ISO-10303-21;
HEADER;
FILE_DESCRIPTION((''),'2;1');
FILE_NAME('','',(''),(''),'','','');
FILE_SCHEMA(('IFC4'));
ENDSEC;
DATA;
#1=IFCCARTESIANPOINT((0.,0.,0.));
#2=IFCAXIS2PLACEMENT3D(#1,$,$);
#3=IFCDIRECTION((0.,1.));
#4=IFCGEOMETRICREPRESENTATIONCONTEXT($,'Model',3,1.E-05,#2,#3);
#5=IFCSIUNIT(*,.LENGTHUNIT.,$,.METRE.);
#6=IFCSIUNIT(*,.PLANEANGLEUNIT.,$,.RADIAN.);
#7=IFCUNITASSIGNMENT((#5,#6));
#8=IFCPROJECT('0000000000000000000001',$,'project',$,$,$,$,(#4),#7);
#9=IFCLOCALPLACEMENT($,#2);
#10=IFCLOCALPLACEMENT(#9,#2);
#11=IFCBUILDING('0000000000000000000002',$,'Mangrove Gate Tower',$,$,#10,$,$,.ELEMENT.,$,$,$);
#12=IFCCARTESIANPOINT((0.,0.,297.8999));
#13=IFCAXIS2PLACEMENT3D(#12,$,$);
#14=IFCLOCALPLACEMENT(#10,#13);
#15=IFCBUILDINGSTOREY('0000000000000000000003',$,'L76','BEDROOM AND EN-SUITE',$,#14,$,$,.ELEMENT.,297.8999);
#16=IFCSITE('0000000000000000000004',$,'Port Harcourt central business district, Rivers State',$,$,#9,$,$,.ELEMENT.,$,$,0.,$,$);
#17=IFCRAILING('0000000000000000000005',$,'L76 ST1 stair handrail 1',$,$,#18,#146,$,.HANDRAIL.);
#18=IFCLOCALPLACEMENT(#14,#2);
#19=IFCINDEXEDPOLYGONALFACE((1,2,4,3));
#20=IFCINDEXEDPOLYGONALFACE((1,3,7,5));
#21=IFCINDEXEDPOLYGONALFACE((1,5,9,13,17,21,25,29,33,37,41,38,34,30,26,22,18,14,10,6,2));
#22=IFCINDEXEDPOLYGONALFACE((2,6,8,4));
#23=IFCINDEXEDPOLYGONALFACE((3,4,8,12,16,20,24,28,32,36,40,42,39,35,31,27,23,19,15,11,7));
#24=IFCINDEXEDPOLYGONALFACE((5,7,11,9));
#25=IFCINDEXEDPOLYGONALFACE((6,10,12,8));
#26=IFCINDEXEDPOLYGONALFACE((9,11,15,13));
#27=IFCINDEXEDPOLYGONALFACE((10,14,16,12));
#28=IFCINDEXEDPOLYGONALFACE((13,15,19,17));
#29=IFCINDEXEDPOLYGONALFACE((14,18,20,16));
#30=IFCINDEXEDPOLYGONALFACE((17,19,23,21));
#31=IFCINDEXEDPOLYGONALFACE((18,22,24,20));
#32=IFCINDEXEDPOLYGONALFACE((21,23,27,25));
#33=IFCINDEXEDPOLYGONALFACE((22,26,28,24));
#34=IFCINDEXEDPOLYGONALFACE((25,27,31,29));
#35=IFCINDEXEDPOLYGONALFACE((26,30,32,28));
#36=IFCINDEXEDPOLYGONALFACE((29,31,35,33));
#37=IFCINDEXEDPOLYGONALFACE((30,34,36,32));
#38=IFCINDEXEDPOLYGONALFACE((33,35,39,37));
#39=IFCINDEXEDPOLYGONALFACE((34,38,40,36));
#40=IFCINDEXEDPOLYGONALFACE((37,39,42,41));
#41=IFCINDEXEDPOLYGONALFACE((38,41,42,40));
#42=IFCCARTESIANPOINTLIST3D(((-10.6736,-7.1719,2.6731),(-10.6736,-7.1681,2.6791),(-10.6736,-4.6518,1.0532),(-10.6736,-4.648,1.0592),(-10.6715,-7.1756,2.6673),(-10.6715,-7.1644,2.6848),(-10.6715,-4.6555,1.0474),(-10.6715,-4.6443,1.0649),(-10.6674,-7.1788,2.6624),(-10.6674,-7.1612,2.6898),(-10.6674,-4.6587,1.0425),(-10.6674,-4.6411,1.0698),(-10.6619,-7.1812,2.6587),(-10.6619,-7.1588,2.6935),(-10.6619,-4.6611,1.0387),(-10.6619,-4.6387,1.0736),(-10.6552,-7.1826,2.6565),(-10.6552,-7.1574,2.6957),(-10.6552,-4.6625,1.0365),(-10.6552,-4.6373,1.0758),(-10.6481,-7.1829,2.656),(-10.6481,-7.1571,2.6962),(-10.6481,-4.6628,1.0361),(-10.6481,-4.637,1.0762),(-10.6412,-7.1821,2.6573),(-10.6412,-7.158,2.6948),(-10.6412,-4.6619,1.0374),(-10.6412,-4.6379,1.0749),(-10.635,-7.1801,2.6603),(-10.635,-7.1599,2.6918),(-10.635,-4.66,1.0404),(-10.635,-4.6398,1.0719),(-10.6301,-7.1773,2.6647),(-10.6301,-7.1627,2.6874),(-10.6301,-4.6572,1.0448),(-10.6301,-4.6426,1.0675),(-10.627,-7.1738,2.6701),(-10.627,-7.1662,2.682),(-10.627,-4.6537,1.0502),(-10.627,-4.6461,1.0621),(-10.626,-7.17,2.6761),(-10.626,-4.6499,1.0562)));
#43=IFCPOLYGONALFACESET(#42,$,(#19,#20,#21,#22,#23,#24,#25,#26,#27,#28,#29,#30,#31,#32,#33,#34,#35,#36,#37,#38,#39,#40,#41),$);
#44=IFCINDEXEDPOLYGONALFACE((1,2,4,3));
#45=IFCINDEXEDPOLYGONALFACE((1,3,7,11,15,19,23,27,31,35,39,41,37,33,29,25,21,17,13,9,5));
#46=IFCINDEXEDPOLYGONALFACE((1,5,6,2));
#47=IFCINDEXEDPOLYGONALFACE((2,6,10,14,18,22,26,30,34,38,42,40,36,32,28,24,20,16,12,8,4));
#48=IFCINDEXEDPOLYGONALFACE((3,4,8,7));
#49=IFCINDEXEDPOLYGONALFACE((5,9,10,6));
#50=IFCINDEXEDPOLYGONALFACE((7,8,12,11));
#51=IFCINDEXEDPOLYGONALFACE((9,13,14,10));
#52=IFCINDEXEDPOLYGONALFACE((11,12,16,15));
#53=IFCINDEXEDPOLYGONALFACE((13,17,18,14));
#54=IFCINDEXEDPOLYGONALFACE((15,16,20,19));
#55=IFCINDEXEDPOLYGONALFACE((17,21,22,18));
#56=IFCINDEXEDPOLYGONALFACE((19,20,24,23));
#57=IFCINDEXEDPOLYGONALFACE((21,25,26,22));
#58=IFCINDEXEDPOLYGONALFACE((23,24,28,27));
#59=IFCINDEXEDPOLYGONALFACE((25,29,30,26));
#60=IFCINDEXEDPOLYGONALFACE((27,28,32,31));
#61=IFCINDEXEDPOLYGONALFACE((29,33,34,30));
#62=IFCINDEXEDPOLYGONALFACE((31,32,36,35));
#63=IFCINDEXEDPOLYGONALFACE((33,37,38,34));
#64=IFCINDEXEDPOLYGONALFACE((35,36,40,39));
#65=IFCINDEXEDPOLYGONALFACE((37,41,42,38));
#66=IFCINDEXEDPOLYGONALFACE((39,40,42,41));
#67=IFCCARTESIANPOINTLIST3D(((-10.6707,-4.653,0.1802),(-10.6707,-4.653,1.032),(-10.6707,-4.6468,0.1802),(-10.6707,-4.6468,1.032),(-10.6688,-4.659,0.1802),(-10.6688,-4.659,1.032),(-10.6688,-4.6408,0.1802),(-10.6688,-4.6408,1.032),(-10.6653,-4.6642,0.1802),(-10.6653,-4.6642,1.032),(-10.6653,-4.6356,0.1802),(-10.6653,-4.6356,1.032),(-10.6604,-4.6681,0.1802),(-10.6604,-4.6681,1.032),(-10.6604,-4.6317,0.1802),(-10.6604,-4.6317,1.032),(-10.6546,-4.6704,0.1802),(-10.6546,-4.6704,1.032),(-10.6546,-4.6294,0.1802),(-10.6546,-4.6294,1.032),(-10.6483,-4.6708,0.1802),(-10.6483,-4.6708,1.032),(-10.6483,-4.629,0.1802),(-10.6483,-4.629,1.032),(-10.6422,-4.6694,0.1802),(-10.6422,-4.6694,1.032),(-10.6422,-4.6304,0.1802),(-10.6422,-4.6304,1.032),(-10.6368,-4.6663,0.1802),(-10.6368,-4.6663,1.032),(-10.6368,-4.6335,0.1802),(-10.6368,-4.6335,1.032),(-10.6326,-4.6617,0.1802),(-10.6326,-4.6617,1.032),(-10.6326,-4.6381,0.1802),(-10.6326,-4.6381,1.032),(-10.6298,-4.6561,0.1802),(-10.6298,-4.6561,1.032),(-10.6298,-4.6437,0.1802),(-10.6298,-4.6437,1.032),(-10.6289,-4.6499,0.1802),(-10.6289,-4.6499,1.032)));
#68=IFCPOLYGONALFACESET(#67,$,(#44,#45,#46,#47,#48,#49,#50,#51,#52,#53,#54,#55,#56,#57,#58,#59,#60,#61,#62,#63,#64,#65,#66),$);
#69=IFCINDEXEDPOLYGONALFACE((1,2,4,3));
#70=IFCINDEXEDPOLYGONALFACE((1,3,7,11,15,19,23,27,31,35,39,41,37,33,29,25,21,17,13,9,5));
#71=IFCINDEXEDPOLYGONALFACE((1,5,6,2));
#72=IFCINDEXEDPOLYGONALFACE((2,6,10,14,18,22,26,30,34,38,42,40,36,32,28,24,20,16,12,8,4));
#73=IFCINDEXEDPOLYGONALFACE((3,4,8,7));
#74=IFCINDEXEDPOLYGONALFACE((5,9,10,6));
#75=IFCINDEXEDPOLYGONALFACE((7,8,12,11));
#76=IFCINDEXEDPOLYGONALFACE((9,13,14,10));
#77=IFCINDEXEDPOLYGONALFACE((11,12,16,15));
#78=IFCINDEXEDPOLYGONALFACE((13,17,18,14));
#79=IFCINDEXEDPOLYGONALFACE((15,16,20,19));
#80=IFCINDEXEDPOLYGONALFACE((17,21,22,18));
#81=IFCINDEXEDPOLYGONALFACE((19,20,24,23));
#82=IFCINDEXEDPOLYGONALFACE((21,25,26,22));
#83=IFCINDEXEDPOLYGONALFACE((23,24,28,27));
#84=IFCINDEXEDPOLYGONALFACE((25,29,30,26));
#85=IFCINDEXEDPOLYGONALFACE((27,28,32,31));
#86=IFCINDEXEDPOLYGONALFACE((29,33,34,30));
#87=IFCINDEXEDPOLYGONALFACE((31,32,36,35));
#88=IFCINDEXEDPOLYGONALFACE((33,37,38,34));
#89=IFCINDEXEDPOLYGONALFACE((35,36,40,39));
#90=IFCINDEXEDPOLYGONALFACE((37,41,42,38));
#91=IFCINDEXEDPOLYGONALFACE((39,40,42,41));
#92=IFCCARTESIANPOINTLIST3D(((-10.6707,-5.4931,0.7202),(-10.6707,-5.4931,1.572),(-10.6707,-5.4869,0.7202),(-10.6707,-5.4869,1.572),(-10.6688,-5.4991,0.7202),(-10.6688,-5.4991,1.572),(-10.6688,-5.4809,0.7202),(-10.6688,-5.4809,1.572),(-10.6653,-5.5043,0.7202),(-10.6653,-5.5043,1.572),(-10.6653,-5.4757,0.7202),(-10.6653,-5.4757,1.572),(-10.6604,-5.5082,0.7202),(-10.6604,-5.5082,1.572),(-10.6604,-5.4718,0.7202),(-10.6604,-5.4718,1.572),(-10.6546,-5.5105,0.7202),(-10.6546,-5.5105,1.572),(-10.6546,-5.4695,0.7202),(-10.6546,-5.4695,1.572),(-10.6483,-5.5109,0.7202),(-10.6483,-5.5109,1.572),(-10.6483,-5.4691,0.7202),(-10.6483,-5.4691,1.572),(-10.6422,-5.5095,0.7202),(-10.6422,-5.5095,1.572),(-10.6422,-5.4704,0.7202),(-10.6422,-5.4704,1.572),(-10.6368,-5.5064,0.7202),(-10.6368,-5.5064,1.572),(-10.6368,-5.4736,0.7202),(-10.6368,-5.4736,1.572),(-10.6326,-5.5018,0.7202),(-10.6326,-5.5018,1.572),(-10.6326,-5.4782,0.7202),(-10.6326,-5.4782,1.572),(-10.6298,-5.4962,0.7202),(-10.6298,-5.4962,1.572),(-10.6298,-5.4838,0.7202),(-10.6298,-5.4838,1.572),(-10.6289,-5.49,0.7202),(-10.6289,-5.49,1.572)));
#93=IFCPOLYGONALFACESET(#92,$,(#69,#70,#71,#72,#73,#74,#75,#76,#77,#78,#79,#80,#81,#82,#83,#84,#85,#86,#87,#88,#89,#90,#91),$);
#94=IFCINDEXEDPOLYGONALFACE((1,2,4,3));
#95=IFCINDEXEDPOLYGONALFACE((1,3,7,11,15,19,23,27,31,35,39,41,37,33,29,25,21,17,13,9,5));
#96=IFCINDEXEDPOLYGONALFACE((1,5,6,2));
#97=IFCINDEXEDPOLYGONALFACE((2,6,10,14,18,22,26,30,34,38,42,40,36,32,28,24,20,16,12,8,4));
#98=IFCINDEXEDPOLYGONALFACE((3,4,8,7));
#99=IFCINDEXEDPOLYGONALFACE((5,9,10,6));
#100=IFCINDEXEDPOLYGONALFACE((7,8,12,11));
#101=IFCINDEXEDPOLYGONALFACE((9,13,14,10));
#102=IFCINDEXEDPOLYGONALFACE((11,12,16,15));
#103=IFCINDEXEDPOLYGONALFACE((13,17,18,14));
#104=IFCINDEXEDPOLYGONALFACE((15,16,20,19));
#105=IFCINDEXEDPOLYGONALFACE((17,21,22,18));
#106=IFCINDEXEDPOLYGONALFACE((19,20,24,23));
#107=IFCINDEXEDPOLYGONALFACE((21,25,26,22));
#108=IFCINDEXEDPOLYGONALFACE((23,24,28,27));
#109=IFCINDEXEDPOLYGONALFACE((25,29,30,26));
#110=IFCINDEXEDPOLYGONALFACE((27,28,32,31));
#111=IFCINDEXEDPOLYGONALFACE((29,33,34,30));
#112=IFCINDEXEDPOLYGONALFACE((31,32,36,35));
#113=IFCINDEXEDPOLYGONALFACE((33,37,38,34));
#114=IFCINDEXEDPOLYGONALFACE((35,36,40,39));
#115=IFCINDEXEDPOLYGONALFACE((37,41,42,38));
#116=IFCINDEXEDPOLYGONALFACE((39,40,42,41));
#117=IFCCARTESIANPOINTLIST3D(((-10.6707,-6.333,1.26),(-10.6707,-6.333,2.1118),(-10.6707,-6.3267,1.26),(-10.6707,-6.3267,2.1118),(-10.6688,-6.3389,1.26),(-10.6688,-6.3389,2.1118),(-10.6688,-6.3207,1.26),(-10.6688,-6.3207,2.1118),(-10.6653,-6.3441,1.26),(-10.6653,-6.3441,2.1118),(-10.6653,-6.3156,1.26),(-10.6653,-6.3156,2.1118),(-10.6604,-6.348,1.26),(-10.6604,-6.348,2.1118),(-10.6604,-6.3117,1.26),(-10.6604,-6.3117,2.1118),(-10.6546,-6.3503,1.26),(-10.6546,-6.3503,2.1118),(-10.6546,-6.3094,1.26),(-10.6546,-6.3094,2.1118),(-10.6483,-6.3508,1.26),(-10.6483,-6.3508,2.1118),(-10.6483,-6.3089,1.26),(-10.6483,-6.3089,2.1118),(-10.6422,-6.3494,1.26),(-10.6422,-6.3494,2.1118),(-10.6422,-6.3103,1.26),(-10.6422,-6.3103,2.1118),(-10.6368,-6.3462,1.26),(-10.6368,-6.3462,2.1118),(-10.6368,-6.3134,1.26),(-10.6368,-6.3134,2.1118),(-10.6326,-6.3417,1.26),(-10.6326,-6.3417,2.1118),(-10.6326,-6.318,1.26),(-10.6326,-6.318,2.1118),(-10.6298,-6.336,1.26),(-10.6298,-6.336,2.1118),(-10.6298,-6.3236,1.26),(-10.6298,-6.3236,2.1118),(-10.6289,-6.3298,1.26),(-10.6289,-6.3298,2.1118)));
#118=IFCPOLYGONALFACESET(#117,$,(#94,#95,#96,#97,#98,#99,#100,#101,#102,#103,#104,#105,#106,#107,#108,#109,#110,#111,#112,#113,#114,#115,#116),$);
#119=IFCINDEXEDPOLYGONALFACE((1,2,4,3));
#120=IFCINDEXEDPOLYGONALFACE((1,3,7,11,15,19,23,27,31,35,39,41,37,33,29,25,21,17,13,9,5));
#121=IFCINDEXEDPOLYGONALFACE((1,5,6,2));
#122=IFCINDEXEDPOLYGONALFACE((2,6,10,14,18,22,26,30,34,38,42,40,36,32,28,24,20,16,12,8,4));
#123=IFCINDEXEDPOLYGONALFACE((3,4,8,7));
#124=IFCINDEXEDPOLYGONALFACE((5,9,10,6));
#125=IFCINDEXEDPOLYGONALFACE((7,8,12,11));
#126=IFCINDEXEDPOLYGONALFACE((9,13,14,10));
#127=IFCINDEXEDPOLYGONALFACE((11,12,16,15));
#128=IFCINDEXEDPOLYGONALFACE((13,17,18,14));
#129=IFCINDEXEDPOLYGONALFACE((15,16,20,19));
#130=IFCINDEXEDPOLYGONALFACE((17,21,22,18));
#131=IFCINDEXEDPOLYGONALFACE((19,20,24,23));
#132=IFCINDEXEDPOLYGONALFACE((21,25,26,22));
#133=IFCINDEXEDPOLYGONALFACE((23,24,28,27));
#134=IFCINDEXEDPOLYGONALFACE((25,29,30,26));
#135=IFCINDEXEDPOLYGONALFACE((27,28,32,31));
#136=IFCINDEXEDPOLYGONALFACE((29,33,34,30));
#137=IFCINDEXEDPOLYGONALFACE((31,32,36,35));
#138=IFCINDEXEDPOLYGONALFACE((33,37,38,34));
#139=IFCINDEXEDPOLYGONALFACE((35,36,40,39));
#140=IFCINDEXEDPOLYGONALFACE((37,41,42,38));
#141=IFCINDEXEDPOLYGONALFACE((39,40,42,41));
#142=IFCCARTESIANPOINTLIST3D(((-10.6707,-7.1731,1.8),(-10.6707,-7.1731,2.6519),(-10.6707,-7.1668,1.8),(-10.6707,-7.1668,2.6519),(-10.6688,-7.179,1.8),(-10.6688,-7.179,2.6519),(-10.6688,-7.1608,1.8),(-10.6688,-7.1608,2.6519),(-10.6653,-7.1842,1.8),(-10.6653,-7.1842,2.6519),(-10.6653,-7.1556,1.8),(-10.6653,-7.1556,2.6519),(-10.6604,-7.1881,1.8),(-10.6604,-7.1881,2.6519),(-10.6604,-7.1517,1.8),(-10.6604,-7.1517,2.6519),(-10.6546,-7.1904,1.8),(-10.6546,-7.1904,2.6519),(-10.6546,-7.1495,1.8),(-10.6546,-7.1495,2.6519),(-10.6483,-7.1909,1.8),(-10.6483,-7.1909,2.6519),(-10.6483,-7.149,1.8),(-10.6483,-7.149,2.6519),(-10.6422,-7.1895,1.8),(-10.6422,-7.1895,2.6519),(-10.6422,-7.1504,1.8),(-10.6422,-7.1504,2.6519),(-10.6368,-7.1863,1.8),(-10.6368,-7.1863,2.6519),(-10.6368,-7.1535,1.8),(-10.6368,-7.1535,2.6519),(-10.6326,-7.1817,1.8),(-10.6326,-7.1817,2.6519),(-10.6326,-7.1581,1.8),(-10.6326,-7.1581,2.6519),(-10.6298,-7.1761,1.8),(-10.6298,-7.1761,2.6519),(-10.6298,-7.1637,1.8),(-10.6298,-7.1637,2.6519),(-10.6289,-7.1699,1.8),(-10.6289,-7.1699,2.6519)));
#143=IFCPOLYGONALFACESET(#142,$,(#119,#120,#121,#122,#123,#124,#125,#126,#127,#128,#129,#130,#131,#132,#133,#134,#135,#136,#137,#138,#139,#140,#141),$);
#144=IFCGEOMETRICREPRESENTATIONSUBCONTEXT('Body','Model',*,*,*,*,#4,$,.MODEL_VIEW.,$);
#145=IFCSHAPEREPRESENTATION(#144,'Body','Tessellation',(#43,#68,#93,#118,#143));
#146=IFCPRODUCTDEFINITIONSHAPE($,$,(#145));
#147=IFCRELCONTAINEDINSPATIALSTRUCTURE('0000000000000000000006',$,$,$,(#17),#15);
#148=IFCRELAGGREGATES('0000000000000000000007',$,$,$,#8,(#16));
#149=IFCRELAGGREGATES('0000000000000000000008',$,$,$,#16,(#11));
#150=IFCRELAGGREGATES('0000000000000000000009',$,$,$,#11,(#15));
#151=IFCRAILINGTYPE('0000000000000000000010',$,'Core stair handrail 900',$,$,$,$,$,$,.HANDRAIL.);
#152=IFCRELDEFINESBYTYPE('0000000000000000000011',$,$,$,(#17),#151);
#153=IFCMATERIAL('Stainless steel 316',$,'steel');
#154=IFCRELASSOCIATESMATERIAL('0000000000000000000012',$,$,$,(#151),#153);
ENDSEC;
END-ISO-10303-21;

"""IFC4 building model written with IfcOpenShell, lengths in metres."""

from ifc_helpers import new_model, si_unit, direction, frame, origin, origin_2d, place, context, subcontext, project, spatial, circle, extrude, material, type_object, element, save


model = new_model("IFC4")

# Units and contexts
model_context = context("Model", 3, precision=1e-05, world=origin(), true_north=direction((0.0, 1.0)))
body_context = subcontext(model_context, "Body", "Model", "MODEL_VIEW")
ifc_project = project(units=[si_unit("LENGTHUNIT", "METRE"), si_unit("PLANEANGLEUNIT", "RADIAN")], contexts=[model_context])

# Site, building, storey
site_placement = place(None, origin())
site = spatial("IfcSite", under=ifc_project, at=site_placement, Name="Port Harcourt central business district, Rivers State", CompositionType="ELEMENT", RefElevation=0.0)
building_placement = place(site_placement, origin())
building = spatial("IfcBuilding", under=site, at=building_placement, Name="Mangrove Gate Tower", CompositionType="ELEMENT")
storey_placement = place(building_placement, frame((0.0, 0.0, 297.8999)))
storey = spatial("IfcBuildingStorey", under=building, at=storey_placement, Name="L76", Description="BEDROOM AND EN-SUITE", CompositionType="ELEMENT", Elevation=297.8999)

# Railing
ifc_material_1 = material(Name="Stainless steel 316", Category="steel")
railing_type_1 = type_object("IfcRailingType", Name="Core stair handrail 900", PredefinedType="HANDRAIL", material=ifc_material_1)
railing_1_placement = place(storey_placement, frame((-10.6499, -4.6499, 0.1802)))
element("IfcRailing", 1, at=railing_1_placement, inside=storey, type_object=railing_type_1, Name="L76 ST1 stair handrail 1", PredefinedType="HANDRAIL", context=body_context, shape_type="SweptSolid", body=[
    extrude(circle(Radius=0.0239, at=origin_2d()), frame((0.0, 0.0, 0.876), z_axis=(0.0, -0.8412, 0.540725), x_axis=(1.0, 0.0, 0.0)), (0.0, 0.0, 1.0), 2.9958),
    extrude(circle(Radius=0.021, at=origin_2d()), origin(), (0.0, 0.0, 1.0), 0.8518),
    extrude(circle(Radius=0.021, at=origin_2d()), frame((0.0, -0.8401, 0.54)), (0.0, 0.0, 1.0), 0.8518),
    extrude(circle(Radius=0.021, at=origin_2d()), frame((0.0, -1.6799, 1.0798)), (0.0, 0.0, 1.0), 0.8518),
    extrude(circle(Radius=0.021, at=origin_2d()), frame((0.0, -2.52, 1.6199)), (0.0, 0.0, 1.0), 0.8518),
])

save(model, "model.ifc")
